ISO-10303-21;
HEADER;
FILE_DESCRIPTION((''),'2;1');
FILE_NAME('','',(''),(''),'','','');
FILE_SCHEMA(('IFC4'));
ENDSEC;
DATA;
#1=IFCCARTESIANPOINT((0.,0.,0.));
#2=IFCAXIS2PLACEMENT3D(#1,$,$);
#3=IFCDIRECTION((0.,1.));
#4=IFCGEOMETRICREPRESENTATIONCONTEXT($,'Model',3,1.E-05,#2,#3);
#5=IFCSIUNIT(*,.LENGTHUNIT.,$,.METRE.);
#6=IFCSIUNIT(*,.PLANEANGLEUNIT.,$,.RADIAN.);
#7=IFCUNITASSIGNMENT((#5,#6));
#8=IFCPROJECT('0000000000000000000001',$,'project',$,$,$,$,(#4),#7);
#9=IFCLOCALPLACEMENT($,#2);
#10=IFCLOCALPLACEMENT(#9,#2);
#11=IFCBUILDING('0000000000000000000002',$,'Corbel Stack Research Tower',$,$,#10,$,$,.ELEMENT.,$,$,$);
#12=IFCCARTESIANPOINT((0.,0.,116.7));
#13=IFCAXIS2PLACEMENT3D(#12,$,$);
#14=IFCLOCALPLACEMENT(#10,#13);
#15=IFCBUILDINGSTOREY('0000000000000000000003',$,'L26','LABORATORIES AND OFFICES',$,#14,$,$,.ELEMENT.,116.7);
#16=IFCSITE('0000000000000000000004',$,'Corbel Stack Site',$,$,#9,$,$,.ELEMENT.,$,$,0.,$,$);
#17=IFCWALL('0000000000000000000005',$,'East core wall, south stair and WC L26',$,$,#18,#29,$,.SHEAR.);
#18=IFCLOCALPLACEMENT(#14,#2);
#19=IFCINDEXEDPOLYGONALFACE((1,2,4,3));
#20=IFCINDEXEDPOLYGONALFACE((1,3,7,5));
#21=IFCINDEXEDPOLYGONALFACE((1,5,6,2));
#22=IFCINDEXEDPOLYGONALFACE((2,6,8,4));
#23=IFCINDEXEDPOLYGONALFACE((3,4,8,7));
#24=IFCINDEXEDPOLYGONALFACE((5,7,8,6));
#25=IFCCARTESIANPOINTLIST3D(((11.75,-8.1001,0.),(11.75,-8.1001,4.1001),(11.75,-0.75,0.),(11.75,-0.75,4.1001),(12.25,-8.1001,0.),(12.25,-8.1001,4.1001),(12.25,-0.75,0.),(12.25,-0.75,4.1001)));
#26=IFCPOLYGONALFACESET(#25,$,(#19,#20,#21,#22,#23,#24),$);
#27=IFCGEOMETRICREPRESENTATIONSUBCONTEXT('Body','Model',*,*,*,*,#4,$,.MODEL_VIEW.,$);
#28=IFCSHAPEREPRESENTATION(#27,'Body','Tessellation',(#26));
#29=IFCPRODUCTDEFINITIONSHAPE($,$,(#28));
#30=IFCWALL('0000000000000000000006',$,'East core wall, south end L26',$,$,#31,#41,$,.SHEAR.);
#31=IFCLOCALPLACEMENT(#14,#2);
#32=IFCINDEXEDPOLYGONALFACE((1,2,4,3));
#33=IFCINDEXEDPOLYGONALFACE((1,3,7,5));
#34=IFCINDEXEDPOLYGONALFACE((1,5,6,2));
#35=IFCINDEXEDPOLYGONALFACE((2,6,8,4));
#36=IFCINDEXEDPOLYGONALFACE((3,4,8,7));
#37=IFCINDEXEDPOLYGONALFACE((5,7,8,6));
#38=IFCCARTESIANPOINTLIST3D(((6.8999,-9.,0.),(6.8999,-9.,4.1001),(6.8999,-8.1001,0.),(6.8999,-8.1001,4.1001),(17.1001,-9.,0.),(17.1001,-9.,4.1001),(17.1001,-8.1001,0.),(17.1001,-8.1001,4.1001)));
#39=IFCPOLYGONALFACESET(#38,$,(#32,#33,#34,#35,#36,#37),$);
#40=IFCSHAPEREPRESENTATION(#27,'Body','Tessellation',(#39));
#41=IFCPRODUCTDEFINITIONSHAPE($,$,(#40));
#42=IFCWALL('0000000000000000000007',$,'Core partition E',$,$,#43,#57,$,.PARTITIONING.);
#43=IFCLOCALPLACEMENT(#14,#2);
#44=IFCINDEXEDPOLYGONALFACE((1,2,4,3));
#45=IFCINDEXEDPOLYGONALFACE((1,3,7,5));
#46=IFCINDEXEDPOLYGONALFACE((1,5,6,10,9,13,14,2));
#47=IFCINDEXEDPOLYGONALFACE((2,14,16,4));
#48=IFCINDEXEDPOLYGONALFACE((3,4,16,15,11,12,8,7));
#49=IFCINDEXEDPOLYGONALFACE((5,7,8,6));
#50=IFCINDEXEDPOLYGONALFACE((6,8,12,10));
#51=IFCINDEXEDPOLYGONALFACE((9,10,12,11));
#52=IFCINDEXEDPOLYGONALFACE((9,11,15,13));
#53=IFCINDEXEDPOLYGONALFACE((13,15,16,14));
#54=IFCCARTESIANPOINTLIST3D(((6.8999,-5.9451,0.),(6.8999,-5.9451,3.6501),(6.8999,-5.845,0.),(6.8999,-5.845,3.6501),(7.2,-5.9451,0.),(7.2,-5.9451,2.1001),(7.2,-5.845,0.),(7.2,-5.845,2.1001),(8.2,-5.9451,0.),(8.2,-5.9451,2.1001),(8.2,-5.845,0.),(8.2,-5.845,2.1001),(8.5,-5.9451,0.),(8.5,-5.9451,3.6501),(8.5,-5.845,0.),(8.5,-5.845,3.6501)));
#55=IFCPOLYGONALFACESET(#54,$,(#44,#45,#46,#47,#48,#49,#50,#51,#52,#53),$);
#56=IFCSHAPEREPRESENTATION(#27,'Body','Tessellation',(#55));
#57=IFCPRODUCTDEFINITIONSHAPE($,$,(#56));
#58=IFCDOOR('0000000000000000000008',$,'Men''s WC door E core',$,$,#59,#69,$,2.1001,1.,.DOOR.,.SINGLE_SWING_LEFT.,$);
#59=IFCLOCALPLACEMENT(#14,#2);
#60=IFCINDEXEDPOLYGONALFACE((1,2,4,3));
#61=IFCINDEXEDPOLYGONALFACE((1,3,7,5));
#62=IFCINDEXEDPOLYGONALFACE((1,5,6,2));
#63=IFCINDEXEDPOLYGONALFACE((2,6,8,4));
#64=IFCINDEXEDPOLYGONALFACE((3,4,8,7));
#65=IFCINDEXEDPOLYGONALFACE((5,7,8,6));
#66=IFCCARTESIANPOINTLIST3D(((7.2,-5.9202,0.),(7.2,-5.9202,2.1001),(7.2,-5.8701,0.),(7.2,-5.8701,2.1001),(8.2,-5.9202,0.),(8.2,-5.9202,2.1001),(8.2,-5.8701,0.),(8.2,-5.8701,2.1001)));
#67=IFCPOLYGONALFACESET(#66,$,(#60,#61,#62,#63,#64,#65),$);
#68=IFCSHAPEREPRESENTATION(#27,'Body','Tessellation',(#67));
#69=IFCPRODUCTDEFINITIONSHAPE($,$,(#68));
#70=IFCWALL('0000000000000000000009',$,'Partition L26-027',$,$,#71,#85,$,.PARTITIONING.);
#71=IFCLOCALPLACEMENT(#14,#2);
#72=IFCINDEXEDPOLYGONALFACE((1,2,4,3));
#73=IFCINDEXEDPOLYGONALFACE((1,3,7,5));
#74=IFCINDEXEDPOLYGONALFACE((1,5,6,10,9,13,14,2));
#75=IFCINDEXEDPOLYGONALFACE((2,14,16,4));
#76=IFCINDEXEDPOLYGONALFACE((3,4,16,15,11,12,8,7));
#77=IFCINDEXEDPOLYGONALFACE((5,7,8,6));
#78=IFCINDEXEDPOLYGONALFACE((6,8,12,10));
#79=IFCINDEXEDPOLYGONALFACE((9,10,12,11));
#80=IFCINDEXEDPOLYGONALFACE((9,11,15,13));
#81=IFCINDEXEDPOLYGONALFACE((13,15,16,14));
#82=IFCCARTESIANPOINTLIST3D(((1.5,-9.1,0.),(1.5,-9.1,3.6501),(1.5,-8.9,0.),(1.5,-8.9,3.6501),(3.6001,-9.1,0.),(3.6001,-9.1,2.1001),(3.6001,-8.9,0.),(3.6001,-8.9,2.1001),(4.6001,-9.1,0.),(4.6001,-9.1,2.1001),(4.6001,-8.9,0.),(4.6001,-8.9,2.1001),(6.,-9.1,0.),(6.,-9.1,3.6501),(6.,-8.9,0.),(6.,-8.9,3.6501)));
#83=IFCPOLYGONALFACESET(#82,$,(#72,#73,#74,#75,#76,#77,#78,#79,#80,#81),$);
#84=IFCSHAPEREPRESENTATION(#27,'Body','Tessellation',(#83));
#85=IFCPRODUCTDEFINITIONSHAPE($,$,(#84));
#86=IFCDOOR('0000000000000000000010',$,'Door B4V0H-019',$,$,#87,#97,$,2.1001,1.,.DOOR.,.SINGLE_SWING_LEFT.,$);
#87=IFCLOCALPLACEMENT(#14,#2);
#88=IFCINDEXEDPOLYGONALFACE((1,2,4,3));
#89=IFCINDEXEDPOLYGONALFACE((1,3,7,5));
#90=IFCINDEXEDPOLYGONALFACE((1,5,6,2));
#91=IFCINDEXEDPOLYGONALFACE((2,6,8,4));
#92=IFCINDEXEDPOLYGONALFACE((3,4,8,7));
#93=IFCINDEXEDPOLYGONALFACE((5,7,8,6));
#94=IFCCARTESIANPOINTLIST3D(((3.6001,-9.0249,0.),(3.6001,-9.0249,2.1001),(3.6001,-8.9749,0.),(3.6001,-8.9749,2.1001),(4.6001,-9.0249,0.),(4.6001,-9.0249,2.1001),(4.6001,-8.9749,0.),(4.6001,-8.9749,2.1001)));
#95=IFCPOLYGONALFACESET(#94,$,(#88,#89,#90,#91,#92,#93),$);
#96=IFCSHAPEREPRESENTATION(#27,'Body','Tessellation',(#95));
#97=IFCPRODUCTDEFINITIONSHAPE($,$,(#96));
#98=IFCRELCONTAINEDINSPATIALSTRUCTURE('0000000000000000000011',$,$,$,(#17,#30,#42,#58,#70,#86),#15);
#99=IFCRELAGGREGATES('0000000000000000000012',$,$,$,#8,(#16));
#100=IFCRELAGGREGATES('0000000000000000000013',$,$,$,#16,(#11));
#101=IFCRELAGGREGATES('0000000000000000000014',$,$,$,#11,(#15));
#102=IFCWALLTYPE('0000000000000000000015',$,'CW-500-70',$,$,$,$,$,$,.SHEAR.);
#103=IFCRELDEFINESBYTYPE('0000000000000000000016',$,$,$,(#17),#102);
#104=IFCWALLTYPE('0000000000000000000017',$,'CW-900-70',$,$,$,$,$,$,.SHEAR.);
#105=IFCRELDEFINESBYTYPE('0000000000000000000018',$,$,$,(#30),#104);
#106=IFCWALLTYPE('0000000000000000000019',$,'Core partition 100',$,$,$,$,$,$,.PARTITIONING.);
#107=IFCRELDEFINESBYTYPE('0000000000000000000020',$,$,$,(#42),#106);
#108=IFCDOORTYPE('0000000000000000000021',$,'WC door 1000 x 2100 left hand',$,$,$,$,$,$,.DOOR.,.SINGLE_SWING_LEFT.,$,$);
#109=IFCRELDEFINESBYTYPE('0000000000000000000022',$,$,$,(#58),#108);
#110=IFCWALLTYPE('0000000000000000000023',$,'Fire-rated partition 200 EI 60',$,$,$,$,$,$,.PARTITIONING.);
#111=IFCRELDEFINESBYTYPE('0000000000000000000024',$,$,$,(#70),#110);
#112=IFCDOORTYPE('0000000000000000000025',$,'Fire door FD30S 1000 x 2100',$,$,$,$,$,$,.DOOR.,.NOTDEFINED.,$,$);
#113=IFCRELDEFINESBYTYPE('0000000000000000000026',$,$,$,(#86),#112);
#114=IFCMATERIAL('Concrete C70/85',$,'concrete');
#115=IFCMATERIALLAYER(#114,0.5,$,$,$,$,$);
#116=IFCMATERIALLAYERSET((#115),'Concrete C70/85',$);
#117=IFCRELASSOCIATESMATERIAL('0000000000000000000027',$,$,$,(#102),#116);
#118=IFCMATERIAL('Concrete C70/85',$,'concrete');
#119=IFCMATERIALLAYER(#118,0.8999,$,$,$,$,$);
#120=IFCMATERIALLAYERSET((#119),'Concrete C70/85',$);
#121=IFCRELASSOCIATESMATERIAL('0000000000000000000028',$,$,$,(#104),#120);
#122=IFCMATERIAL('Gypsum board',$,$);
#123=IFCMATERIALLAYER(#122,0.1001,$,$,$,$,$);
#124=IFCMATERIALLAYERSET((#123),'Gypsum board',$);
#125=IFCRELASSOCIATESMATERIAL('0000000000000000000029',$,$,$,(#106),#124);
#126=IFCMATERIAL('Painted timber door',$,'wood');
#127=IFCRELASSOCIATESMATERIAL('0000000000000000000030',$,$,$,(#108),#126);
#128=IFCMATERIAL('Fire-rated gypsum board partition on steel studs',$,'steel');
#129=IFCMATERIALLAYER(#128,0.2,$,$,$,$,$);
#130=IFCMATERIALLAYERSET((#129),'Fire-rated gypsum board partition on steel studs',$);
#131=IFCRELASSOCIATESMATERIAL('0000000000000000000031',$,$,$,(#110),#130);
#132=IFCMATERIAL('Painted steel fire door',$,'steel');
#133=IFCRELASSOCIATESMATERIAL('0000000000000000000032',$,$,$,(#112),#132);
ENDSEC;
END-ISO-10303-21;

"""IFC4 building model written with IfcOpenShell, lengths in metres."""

from ifc_helpers import new_model, si_unit, direction, frame, frame_2d, origin, place, context, subcontext, project, spatial, rectangle, extrude, material, layer, layer_set, type_object, element, fill, save


model = new_model("IFC4")

# Units and contexts
model_context = context("Model", 3, precision=1e-05, world=origin(), true_north=direction((0.0, 1.0)))
body_context = subcontext(model_context, "Body", "Model", "MODEL_VIEW")
ifc_project = project(units=[si_unit("LENGTHUNIT", "METRE"), si_unit("PLANEANGLEUNIT", "RADIAN")], contexts=[model_context])

# Site, building, storey
site_placement = place(None, origin())
site = spatial("IfcSite", under=ifc_project, at=site_placement, Name="Corbel Stack Site", CompositionType="ELEMENT", RefElevation=0.0)
building_placement = place(site_placement, origin())
building = spatial("IfcBuilding", under=site, at=building_placement, Name="Corbel Stack Research Tower", CompositionType="ELEMENT")
storey_placement = place(building_placement, frame((0.0, 0.0, 116.7)))
storey = spatial("IfcBuildingStorey", under=building, at=storey_placement, Name="L26", Description="LABORATORIES AND OFFICES", CompositionType="ELEMENT", Elevation=116.7)

# Wall
ifc_material_1 = material(Name="Concrete C70/85", Category="concrete")
ifc_layer_1 = layer(ifc_material_1, 0.5)
ifc_layer_set_1 = layer_set([ifc_layer_1], Name="Concrete C70/85")
wall_type_1 = type_object("IfcWallType", Name="CW-500-70", PredefinedType="SHEAR", material=ifc_layer_set_1)
wall_1_placement = place(storey_placement, frame((12.0, -8.1001, 0.0), z_axis=(0.0, 0.0, 1.0), x_axis=(0.0, 1.0, 0.0)))
element("IfcWall", 1, at=wall_1_placement, inside=storey, type_object=wall_type_1, Name="East core wall, south stair and WC L26", PredefinedType="SHEAR", context=body_context, shape_type="SweptSolid", body=[
    extrude(rectangle(XDim=7.3501, YDim=0.5, at=frame_2d((3.675, 0.0))), origin(), (0.0, 0.0, 1.0), 4.1001),
])

# Shared definitions
ifc_material_2 = material(Name="Concrete C70/85", Category="concrete")
ifc_layer_2 = layer(ifc_material_2, 0.8999)
ifc_layer_set_2 = layer_set([ifc_layer_2], Name="Concrete C70/85")
wall_type_2 = type_object("IfcWallType", Name="CW-900-70", PredefinedType="SHEAR", material=ifc_layer_set_2)

# Wall
wall_2_placement = place(storey_placement, frame((6.8999, -8.55, 0.0), z_axis=(0.0, 0.0, 1.0), x_axis=(1.0, 0.0, 0.0)))
element("IfcWall", 2, at=wall_2_placement, inside=storey, type_object=wall_type_2, Name="East core wall, south end L26", PredefinedType="SHEAR", context=body_context, shape_type="SweptSolid", body=[
    extrude(rectangle(XDim=10.2002, YDim=0.8999, at=frame_2d((5.1001, 0.0))), origin(), (0.0, 0.0, 1.0), 4.1001),
])

# Walls, openings, doors
ifc_material_3 = material(Name="Gypsum board")
ifc_layer_3 = layer(ifc_material_3, 0.1001)
ifc_layer_set_3 = layer_set([ifc_layer_3], Name="Gypsum board")
wall_type_3 = type_object("IfcWallType", Name="Core partition 100", PredefinedType="PARTITIONING", material=ifc_layer_set_3)
wall_3_placement = place(storey_placement, frame((6.8999, -5.895, 0.0), z_axis=(0.0, 0.0, 1.0), x_axis=(1.0, 0.0, 0.0)))
wall_3 = element("IfcWall", 3, at=wall_3_placement, inside=storey, type_object=wall_type_3, Name="Core partition E", PredefinedType="PARTITIONING", context=body_context, shape_type="SweptSolid", body=[
    extrude(rectangle(XDim=1.6001, YDim=0.1001, at=frame_2d((0.8, 0.0))), origin(), (0.0, 0.0, 1.0), 3.6501),
])
opening_1_placement = place(wall_3_placement, frame((0.3, 0.0, 0.0)))
opening_1 = element("IfcOpeningElement", 4, at=opening_1_placement, cuts=wall_3, PredefinedType="OPENING", context=body_context, shape_type="SweptSolid", body=[
    extrude(rectangle(XDim=1.0, YDim=2.1001, at=frame_2d((0.5, 1.05))), frame((0.0, 0.0601, 0.0), z_axis=(0.0, -1.0, 0.0), x_axis=(1.0, 0.0, 0.0)), (0.0, 0.0, 1.0), 0.1201),
])
ifc_material_4 = material(Name="Painted timber door", Category="wood")
door_type_1 = type_object("IfcDoorType", Name="WC door 1000 x 2100 left hand", OperationType="SINGLE_SWING_LEFT", PredefinedType="DOOR", material=ifc_material_4)
door_1_placement = place(opening_1_placement, origin())
door_1 = element("IfcDoor", 5, at=door_1_placement, inside=storey, type_object=door_type_1, Name="Men's WC door E core", OperationType="SINGLE_SWING_LEFT", OverallHeight=2.1001, OverallWidth=1.0, PredefinedType="DOOR", context=body_context, shape_type="SweptSolid", body=[
    extrude(rectangle(XDim=1.0, YDim=2.1001, at=frame_2d((0.5, 1.05))), frame((0.0, 0.0249, 0.0), z_axis=(0.0, -1.0, 0.0), x_axis=(1.0, 0.0, 0.0)), (0.0, 0.0, 1.0), 0.05),
])
fill(opening_1, door_1)
ifc_material_5 = material(Name="Fire-rated gypsum board partition on steel studs", Category="steel")
ifc_layer_4 = layer(ifc_material_5, 0.2)
ifc_layer_set_4 = layer_set([ifc_layer_4], Name="Fire-rated gypsum board partition on steel studs")
wall_type_4 = type_object("IfcWallType", Name="Fire-rated partition 200 EI 60", PredefinedType="PARTITIONING", material=ifc_layer_set_4)
wall_4_placement = place(storey_placement, frame((6.0, -9.0, 0.0), z_axis=(0.0, 0.0, 1.0), x_axis=(-1.0, 0.0, 0.0)))
wall_4 = element("IfcWall", 6, at=wall_4_placement, inside=storey, type_object=wall_type_4, Name="Partition L26-027", PredefinedType="PARTITIONING", context=body_context, shape_type="SweptSolid", body=[
    extrude(rectangle(XDim=4.5, YDim=0.2, at=frame_2d((2.25, 0.0))), origin(), (0.0, 0.0, 1.0), 3.6501),
])
opening_2_placement = place(wall_4_placement, frame((1.3999, 0.0, 0.0)))
opening_2 = element("IfcOpeningElement", 7, at=opening_2_placement, cuts=wall_4, PredefinedType="OPENING", context=body_context, shape_type="SweptSolid", body=[
    extrude(rectangle(XDim=1.0, YDim=2.1001, at=frame_2d((0.5, 1.05))), frame((0.0, 0.1099, 0.0), z_axis=(0.0, -1.0, 0.0), x_axis=(1.0, 0.0, 0.0)), (0.0, 0.0, 1.0), 0.22),
])
ifc_material_6 = material(Name="Painted steel fire door", Category="steel")
door_type_2 = type_object("IfcDoorType", Name="Fire door FD30S 1000 x 2100", OperationType="NOTDEFINED", PredefinedType="DOOR", material=ifc_material_6)
door_2_placement = place(opening_2_placement, origin())
door_2 = element("IfcDoor", 8, at=door_2_placement, inside=storey, type_object=door_type_2, Name="Door B4V0H-019", OperationType="SINGLE_SWING_LEFT", OverallHeight=2.1001, OverallWidth=1.0, PredefinedType="DOOR", context=body_context, shape_type="SweptSolid", body=[
    extrude(rectangle(XDim=1.0, YDim=2.1001, at=frame_2d((0.5, 1.05))), frame((0.0, 0.0249, 0.0), z_axis=(0.0, -1.0, 0.0), x_axis=(1.0, 0.0, 0.0)), (0.0, 0.0, 1.0), 0.05),
])
fill(opening_2, door_2)

save(model, "model.ifc")
